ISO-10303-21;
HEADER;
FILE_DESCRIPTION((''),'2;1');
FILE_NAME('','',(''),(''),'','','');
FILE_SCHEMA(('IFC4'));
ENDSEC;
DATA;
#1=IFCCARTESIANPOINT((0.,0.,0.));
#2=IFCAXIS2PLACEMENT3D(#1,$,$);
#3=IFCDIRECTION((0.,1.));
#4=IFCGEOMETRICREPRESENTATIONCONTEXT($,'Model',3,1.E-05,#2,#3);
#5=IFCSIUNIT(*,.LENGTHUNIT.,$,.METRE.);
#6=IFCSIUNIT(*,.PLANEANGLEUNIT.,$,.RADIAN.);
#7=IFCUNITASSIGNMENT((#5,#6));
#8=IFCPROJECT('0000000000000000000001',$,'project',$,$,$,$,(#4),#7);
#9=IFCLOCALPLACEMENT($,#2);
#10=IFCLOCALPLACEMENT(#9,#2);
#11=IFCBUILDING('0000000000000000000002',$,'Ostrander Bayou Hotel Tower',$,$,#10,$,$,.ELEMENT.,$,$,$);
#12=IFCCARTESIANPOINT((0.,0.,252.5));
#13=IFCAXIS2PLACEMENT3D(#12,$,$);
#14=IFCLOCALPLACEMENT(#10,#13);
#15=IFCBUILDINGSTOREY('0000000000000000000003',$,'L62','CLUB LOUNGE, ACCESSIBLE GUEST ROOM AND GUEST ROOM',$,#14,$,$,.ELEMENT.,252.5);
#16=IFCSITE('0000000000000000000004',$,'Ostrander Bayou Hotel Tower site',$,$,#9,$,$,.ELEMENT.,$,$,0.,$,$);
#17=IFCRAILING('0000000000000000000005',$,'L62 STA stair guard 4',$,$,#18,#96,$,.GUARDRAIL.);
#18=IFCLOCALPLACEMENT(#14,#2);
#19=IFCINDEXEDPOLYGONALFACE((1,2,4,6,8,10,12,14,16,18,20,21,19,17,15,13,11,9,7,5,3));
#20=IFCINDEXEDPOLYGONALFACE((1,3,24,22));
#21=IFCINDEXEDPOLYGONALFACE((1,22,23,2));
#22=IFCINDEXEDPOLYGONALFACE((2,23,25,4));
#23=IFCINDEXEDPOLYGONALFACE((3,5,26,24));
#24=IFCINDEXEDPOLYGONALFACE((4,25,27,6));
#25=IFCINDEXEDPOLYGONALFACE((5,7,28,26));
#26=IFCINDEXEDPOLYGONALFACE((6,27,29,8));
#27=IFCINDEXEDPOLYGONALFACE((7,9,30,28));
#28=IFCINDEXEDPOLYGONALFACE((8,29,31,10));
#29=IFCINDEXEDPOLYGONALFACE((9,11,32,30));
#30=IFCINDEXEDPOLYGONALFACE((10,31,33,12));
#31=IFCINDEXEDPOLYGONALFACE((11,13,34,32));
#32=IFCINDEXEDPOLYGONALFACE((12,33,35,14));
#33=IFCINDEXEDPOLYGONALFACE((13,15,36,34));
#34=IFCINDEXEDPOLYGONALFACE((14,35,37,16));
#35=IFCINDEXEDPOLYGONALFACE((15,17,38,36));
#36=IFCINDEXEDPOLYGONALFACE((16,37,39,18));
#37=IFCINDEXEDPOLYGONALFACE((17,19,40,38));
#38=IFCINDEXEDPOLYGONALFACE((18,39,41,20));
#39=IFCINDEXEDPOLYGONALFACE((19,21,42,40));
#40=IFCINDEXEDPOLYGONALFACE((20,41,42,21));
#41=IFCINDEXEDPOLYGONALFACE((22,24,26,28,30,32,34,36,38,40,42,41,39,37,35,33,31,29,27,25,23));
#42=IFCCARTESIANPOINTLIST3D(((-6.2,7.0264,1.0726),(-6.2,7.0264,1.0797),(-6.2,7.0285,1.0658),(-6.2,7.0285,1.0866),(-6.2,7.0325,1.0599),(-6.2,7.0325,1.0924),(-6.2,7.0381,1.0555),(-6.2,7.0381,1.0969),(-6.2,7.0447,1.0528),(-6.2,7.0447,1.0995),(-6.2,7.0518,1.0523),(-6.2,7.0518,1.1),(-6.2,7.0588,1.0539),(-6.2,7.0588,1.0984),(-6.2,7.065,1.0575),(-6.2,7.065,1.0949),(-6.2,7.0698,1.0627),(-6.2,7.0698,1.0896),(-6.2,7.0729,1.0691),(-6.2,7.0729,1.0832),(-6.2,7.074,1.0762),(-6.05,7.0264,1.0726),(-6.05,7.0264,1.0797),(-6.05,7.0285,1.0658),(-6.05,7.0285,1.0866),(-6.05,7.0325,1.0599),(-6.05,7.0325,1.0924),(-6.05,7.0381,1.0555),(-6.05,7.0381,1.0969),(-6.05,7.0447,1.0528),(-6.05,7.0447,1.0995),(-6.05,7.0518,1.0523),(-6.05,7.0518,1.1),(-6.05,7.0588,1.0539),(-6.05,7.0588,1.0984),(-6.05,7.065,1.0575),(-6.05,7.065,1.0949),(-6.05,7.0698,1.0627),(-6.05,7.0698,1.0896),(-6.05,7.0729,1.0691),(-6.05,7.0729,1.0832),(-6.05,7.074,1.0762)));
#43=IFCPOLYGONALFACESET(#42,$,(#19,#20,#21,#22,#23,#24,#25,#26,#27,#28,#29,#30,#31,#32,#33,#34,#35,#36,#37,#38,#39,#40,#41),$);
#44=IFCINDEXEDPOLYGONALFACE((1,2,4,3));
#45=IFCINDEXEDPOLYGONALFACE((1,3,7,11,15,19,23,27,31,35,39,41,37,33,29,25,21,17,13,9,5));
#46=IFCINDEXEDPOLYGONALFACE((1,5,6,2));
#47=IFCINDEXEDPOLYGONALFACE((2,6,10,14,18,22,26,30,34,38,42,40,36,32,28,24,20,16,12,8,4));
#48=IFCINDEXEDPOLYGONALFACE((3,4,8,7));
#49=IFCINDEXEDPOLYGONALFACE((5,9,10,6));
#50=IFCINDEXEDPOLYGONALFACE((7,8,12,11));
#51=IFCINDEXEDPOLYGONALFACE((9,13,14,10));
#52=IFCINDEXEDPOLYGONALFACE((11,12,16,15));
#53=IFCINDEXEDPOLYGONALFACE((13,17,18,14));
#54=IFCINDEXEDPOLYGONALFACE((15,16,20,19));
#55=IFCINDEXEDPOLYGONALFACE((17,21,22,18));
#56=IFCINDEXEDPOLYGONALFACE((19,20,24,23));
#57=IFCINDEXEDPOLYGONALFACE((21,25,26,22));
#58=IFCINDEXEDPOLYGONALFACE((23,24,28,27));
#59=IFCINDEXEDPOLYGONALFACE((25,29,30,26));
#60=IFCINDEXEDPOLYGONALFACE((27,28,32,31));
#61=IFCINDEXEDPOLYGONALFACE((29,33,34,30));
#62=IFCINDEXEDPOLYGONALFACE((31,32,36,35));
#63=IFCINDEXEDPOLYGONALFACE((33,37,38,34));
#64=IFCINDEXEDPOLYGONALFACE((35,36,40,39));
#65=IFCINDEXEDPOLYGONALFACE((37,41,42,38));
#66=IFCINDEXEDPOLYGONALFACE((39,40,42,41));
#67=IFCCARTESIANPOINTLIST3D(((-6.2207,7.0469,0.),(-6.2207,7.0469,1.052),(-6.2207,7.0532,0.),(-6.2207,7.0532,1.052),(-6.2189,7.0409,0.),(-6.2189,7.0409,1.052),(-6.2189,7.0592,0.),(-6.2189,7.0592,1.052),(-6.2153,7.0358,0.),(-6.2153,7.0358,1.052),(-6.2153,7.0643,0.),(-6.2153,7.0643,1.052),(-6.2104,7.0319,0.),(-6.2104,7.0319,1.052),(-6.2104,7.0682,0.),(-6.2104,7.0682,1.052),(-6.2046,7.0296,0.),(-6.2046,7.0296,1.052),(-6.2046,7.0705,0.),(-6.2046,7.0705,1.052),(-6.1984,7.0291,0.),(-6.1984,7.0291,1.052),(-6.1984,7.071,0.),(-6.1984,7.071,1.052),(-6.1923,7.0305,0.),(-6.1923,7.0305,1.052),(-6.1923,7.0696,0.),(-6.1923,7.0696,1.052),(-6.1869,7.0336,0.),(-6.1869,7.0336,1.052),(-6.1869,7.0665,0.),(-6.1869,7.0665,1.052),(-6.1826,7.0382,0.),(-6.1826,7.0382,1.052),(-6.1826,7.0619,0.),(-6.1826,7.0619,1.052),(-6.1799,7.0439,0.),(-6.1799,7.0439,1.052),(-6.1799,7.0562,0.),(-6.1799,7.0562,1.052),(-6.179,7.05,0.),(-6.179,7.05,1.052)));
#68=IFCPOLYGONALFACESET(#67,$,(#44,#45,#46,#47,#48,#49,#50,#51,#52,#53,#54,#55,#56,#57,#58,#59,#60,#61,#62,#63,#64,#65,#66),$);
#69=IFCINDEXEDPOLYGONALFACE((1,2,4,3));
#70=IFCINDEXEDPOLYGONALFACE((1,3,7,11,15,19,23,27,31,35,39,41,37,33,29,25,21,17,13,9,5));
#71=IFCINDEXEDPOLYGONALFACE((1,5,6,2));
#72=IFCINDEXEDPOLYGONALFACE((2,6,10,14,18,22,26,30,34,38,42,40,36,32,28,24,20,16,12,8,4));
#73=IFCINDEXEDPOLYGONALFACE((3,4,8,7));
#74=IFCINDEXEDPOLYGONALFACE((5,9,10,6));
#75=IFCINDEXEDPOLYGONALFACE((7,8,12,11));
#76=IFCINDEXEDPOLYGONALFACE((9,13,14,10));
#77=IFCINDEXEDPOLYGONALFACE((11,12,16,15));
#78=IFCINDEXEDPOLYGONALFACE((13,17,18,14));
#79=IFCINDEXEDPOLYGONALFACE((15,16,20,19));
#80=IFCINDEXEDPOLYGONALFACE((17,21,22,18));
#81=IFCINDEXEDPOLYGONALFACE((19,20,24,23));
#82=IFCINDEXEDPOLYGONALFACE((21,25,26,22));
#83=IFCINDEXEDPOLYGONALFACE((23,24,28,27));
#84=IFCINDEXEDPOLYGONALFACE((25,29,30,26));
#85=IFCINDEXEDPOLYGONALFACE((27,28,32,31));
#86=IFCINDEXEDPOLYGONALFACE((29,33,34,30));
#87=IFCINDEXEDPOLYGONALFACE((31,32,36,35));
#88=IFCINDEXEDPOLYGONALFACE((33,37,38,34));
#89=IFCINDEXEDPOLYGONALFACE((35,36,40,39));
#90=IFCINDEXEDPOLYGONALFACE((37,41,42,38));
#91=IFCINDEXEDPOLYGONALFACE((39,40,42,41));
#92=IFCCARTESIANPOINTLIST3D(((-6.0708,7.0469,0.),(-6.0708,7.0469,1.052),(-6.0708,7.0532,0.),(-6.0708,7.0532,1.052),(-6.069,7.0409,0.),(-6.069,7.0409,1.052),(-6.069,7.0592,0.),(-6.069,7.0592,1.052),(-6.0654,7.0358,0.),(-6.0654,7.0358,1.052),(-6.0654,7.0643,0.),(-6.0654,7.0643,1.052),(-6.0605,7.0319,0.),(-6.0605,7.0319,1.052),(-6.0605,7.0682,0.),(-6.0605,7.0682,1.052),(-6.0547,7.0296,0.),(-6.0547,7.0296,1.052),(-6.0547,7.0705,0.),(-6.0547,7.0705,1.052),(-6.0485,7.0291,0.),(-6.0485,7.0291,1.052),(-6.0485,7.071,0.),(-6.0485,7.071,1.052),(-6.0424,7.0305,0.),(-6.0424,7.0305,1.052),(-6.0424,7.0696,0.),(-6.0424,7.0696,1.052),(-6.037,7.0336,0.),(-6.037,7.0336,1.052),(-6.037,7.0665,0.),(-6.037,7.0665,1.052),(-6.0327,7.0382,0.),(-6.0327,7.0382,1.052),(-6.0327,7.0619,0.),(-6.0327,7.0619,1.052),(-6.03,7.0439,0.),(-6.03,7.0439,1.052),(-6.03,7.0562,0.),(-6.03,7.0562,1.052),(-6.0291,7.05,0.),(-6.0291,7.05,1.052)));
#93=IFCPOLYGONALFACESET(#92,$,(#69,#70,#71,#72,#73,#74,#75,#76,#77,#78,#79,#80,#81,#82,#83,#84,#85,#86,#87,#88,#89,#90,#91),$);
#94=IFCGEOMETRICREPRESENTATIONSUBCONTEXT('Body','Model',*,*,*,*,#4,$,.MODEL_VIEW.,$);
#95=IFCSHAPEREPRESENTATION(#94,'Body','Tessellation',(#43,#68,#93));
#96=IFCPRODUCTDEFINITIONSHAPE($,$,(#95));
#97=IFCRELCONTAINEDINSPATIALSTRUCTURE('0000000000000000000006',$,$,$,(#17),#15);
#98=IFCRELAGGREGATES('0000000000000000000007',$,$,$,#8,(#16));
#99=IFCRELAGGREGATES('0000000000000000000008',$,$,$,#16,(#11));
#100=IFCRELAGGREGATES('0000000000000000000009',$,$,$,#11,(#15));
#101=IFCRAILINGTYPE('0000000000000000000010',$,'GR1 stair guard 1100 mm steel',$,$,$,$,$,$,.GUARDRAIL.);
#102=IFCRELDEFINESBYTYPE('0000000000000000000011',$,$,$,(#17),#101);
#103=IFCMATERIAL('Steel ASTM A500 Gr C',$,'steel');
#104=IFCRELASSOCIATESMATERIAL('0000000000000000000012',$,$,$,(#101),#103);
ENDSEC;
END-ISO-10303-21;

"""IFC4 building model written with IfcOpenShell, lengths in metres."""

from ifc_helpers import new_model, si_unit, direction, frame, origin, origin_2d, place, context, subcontext, project, spatial, circle, extrude, material, type_object, element, save


model = new_model("IFC4")

# Units and contexts
model_context = context("Model", 3, precision=1e-05, world=origin(), true_north=direction((0.0, 1.0)))
body_context = subcontext(model_context, "Body", "Model", "MODEL_VIEW")
ifc_project = project(units=[si_unit("LENGTHUNIT", "METRE"), si_unit("PLANEANGLEUNIT", "RADIAN")], contexts=[model_context])

# Site, building, storey
site_placement = place(None, origin())
site = spatial("IfcSite", under=ifc_project, at=site_placement, Name="Ostrander Bayou Hotel Tower site", CompositionType="ELEMENT", RefElevation=0.0)
building_placement = place(site_placement, origin())
building = spatial("IfcBuilding", under=site, at=building_placement, Name="Ostrander Bayou Hotel Tower", CompositionType="ELEMENT")
storey_placement = place(building_placement, frame((0.0, 0.0, 252.5)))
storey = spatial("IfcBuildingStorey", under=building, at=storey_placement, Name="L62", Description="CLUB LOUNGE, ACCESSIBLE GUEST ROOM AND GUEST ROOM", CompositionType="ELEMENT", Elevation=252.5)

# Railing
ifc_material_1 = material(Name="Steel ASTM A500 Gr C", Category="steel")
railing_type = type_object("IfcRailingType", Name="GR1 stair guard 1100 mm steel", PredefinedType="GUARDRAIL", material=ifc_material_1)
railing_1_placement = place(storey_placement, frame((-6.2, 7.05, 0.0)))
element("IfcRailing", 1, at=railing_1_placement, inside=storey, type_object=railing_type, Name="L62 STA stair guard 4", PredefinedType="GUARDRAIL", context=body_context, shape_type="SweptSolid", body=[
    extrude(circle(Radius=0.0239, at=origin_2d()), frame((0.0, 0.0, 1.0762), z_axis=(1.0, 0.0, 0.0), x_axis=(0.0, 1.0, 0.0)), (0.0, 0.0, 1.0), 0.1499),
    extrude(circle(Radius=0.021, at=origin_2d()), origin(), (0.0, 0.0, 1.0), 1.052),
    extrude(circle(Radius=0.021, at=origin_2d()), frame((0.1499, 0.0, 0.0)), (0.0, 0.0, 1.0), 1.052),
])

save(model, "model.ifc")
